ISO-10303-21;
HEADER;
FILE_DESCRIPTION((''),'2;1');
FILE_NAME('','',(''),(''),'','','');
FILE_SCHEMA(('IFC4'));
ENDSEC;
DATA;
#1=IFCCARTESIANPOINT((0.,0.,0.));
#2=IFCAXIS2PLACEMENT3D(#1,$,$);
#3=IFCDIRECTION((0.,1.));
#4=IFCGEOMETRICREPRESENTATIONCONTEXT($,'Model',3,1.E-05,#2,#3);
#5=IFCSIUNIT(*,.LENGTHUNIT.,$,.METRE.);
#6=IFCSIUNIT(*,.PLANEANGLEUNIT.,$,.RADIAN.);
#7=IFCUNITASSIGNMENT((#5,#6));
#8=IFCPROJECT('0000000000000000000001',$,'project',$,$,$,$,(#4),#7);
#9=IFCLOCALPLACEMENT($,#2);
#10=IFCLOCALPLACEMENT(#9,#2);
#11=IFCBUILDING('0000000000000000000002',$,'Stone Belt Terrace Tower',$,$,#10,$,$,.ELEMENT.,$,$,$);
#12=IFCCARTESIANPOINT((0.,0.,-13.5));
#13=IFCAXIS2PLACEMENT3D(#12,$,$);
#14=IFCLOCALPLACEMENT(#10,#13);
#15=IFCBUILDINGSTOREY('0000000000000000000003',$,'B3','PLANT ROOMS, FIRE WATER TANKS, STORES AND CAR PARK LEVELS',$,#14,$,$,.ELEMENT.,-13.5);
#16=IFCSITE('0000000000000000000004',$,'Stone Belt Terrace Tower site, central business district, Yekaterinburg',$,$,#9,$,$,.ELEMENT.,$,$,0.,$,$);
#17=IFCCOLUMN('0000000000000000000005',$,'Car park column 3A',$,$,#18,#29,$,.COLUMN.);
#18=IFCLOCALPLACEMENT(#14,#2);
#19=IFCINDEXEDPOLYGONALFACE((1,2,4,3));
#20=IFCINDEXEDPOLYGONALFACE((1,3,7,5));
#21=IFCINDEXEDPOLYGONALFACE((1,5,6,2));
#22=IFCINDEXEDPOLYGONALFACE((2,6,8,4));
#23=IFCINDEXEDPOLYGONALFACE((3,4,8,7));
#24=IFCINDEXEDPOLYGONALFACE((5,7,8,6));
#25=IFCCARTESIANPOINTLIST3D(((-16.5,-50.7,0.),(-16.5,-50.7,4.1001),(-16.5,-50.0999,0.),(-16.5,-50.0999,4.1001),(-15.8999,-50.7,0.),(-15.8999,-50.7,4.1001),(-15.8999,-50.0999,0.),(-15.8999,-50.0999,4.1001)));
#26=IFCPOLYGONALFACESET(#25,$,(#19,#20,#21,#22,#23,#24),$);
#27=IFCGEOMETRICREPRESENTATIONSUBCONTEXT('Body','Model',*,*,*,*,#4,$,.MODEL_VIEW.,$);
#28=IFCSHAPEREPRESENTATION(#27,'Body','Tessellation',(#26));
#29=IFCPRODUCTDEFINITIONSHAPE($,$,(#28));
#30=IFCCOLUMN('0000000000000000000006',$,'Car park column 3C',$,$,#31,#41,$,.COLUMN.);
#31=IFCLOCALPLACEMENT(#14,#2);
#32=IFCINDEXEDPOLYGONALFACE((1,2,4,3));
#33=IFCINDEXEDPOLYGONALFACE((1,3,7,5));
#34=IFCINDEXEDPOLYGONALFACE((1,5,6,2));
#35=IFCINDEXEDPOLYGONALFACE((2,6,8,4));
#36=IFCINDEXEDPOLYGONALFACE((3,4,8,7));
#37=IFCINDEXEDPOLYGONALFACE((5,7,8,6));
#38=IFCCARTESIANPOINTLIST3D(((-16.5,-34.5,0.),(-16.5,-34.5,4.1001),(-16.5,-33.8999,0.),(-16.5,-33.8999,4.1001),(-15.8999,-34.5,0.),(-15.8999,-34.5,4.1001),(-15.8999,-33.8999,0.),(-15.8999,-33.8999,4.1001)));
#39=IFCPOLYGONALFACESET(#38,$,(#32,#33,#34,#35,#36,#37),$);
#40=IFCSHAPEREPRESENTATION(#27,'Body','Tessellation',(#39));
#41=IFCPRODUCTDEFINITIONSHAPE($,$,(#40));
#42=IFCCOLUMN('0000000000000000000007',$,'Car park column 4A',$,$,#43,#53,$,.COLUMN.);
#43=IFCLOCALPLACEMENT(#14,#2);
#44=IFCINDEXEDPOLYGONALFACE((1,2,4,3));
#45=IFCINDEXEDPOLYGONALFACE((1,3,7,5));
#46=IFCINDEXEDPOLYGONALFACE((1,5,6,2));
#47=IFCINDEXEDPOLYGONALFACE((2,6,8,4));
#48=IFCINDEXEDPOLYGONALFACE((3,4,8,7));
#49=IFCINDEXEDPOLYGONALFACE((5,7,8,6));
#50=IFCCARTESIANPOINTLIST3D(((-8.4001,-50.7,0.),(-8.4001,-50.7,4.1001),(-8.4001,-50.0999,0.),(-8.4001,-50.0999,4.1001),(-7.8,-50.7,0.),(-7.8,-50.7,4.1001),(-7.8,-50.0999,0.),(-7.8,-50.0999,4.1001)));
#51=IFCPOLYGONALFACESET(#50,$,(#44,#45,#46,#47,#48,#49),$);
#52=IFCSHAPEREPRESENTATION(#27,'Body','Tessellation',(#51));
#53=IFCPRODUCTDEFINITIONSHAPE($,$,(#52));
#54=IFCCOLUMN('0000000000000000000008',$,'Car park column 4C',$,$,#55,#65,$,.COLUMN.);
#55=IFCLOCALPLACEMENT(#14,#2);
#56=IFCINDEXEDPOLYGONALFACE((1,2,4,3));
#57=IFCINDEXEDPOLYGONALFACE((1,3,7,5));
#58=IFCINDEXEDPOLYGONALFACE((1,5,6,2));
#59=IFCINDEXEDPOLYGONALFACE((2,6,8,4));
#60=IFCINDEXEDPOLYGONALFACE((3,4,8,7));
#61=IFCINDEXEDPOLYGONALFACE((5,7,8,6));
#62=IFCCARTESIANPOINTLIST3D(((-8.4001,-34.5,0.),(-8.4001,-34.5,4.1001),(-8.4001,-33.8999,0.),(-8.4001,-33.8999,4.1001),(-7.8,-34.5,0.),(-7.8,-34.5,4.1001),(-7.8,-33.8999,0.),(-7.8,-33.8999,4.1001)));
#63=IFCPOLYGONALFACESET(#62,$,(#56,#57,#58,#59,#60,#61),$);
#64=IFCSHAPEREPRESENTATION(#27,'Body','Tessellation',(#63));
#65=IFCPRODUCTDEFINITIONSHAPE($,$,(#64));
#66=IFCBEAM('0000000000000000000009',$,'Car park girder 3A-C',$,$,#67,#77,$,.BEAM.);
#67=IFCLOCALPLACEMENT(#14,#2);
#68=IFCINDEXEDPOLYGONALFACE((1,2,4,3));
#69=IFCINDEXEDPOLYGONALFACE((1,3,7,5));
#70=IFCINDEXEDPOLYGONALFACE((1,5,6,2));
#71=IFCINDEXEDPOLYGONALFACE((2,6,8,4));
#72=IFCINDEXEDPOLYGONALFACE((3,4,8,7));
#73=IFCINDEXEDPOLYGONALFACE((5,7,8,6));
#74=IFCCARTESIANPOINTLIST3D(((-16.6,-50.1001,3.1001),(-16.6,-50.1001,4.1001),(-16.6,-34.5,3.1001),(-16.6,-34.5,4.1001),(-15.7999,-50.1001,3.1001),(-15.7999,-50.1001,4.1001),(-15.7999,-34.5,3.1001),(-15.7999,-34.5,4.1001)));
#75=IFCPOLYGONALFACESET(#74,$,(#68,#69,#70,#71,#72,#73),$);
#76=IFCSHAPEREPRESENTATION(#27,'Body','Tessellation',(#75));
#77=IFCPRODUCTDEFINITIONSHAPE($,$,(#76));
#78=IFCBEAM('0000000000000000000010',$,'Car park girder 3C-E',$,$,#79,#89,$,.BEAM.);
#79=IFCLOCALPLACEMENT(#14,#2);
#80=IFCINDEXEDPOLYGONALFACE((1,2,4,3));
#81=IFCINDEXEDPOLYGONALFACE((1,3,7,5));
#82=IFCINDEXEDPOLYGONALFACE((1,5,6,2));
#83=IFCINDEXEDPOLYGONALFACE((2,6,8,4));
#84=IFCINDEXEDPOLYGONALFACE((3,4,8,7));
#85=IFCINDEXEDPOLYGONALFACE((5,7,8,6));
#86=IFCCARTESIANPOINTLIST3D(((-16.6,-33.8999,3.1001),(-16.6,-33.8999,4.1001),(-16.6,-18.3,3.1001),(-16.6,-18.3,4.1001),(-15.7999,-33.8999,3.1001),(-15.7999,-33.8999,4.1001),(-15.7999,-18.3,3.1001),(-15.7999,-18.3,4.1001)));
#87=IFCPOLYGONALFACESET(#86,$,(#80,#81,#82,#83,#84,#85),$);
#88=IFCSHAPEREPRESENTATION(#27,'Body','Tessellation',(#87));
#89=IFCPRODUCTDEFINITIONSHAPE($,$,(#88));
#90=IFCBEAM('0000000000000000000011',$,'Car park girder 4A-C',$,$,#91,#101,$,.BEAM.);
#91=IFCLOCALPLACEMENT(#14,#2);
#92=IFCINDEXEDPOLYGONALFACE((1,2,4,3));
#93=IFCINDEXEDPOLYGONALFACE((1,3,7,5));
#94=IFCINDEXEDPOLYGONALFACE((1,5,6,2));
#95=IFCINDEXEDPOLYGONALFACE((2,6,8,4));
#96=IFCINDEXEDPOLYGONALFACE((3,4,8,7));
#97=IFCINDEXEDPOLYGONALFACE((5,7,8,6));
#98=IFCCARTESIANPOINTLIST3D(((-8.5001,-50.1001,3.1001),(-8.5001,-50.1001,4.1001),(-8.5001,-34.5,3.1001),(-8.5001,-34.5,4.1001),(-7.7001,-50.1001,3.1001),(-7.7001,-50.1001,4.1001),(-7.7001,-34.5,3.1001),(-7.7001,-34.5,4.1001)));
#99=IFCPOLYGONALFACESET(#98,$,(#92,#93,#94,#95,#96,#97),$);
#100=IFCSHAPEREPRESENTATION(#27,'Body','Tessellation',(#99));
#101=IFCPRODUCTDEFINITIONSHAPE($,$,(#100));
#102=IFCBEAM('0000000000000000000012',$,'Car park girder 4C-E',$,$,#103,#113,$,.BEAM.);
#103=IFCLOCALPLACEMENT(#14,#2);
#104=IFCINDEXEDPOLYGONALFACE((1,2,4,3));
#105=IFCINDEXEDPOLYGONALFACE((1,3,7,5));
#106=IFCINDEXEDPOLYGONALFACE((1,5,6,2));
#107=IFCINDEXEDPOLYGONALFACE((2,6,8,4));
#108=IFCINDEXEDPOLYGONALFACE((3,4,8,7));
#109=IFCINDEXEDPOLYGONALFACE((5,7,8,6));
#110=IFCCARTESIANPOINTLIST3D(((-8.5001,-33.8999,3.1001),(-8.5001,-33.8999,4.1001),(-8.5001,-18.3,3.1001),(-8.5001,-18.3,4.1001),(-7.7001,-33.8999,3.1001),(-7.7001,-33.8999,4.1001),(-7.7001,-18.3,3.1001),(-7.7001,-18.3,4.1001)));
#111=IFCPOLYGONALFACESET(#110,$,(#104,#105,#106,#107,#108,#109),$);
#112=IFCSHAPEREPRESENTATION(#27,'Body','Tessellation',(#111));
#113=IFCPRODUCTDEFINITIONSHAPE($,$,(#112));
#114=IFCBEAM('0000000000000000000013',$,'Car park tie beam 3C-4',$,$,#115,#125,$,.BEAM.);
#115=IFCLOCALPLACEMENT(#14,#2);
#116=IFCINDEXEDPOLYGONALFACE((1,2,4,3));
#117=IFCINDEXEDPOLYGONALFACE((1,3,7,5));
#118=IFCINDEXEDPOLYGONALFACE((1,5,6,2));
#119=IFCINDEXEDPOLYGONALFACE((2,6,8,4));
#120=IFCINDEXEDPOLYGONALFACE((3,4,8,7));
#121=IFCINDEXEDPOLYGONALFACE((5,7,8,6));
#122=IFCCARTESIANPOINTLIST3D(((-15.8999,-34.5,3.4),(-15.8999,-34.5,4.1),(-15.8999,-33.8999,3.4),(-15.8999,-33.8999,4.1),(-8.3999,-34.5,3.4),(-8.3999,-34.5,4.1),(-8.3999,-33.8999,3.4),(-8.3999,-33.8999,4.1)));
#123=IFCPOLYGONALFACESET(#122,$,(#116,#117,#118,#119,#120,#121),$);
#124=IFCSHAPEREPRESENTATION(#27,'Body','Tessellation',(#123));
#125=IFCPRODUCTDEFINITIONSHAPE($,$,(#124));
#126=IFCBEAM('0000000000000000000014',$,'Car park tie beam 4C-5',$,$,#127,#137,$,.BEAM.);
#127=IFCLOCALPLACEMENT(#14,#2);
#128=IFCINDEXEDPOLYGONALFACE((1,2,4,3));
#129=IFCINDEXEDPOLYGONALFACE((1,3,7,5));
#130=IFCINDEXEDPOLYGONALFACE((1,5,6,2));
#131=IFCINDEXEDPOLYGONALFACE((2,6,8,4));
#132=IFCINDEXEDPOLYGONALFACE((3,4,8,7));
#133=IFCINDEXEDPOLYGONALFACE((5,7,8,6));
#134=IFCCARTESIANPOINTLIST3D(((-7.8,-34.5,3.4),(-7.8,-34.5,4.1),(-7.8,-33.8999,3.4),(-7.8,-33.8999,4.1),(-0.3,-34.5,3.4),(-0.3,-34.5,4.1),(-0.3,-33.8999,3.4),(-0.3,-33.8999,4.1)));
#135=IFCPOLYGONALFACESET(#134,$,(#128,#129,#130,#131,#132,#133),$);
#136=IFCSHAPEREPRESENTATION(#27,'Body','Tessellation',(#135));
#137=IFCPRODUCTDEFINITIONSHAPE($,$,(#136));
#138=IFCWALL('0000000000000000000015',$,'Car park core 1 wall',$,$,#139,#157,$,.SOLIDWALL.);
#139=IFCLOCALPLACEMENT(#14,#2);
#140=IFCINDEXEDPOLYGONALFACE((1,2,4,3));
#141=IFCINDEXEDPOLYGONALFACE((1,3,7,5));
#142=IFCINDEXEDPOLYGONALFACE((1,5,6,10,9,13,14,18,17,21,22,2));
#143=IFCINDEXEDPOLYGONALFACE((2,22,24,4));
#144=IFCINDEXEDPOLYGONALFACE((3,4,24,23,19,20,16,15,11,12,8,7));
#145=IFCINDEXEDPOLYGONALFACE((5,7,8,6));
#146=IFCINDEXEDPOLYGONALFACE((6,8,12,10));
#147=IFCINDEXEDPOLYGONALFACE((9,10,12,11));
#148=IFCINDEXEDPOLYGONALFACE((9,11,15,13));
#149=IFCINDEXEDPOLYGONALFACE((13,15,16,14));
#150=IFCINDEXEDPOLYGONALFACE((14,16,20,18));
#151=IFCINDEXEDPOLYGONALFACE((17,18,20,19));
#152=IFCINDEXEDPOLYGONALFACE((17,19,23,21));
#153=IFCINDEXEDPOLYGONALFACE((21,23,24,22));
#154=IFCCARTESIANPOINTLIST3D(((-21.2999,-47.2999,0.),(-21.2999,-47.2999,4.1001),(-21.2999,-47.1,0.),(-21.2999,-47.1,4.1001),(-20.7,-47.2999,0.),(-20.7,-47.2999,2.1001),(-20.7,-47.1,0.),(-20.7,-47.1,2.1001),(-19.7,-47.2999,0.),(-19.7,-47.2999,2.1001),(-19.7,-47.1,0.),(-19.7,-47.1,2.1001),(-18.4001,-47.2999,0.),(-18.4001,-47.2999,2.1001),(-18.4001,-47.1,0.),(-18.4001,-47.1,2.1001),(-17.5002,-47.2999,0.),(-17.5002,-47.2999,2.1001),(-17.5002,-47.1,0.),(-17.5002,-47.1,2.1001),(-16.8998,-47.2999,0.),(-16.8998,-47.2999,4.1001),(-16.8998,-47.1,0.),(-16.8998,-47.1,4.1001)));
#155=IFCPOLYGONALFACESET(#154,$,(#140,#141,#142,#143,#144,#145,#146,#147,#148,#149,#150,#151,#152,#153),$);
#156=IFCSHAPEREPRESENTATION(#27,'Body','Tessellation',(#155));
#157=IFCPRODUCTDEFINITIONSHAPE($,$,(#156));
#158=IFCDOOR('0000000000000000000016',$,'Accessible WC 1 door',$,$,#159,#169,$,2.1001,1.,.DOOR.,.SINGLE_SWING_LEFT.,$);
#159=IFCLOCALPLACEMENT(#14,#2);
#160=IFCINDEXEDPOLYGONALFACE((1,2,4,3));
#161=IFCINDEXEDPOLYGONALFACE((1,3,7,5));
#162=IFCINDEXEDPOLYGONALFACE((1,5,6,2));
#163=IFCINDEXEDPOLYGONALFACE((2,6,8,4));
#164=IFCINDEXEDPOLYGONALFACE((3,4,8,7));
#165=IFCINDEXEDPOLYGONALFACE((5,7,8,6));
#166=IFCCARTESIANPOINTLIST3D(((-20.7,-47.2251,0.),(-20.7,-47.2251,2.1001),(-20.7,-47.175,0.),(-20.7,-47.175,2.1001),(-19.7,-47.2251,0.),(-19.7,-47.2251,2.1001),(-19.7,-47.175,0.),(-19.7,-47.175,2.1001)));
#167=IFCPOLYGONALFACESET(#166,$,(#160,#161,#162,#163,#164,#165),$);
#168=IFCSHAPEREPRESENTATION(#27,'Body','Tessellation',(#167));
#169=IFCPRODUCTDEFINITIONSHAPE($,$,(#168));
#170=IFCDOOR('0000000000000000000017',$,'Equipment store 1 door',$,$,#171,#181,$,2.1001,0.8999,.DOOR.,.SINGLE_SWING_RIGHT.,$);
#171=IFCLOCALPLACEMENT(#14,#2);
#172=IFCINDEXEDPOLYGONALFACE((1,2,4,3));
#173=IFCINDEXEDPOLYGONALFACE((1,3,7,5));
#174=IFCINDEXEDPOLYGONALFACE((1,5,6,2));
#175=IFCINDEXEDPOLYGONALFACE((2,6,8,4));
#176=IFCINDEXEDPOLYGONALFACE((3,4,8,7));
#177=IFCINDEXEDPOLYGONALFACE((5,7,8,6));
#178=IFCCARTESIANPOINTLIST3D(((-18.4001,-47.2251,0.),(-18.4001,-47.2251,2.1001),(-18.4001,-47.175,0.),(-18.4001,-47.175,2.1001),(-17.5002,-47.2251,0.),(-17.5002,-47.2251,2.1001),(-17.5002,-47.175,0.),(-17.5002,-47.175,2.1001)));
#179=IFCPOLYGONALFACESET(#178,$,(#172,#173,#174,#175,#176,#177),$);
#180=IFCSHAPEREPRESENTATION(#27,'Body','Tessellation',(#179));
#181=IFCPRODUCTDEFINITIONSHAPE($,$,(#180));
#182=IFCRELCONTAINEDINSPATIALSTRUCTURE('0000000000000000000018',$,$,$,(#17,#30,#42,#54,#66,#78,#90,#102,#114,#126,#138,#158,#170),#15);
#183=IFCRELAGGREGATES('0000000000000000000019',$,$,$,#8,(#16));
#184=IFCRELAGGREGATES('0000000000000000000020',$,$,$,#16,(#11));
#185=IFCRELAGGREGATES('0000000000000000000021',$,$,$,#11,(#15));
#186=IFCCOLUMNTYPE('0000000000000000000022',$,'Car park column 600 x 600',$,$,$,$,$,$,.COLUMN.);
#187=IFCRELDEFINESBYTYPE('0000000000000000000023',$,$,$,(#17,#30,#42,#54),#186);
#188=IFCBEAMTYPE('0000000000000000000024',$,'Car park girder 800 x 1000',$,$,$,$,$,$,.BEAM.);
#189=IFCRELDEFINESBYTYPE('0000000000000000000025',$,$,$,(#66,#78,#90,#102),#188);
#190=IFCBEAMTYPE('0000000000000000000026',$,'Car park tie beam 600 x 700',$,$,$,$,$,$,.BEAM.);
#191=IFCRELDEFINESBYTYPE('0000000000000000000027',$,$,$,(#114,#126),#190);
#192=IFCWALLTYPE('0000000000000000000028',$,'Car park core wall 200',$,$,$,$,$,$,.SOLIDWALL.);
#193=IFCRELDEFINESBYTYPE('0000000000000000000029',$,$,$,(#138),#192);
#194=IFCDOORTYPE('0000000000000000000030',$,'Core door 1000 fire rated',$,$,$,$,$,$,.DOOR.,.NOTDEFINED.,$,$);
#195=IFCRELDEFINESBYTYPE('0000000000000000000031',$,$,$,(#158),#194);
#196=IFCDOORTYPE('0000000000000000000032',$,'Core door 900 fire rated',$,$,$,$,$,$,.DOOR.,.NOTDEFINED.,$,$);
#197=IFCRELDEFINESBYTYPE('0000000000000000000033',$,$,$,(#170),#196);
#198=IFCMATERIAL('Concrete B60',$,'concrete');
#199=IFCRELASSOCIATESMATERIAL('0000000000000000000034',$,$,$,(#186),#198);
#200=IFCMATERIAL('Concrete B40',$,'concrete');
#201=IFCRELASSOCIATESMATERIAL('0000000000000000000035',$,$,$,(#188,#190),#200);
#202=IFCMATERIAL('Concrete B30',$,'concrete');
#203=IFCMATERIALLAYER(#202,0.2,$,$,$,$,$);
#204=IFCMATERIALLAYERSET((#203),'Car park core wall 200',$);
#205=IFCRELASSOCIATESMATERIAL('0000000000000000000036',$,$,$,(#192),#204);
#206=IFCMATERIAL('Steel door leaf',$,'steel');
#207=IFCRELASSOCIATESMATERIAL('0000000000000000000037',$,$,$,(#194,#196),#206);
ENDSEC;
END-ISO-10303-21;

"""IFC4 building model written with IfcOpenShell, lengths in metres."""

from ifc_helpers import new_model, si_unit, direction, frame, frame_2d, origin, origin_2d, place, context, subcontext, project, spatial, rectangle, extrude, material, layer, layer_set, material_profile, profile_set, type_object, element, fill, save


model = new_model("IFC4")

# Units and contexts
model_context = context("Model", 3, precision=1e-05, world=origin(), true_north=direction((0.0, 1.0)))
body_context = subcontext(model_context, "Body", "Model", "MODEL_VIEW")
ifc_project = project(units=[si_unit("LENGTHUNIT", "METRE"), si_unit("PLANEANGLEUNIT", "RADIAN")], contexts=[model_context])

# Site, building, storey
site_placement = place(None, origin())
site = spatial("IfcSite", under=ifc_project, at=site_placement, Name="Stone Belt Terrace Tower site, central business district, Yekaterinburg", CompositionType="ELEMENT", RefElevation=0.0)
building_placement = place(site_placement, origin())
building = spatial("IfcBuilding", under=site, at=building_placement, Name="Stone Belt Terrace Tower", CompositionType="ELEMENT")
storey_placement = place(building_placement, frame((0.0, 0.0, -13.5)))
storey = spatial("IfcBuildingStorey", under=building, at=storey_placement, Name="B3", Description="PLANT ROOMS, FIRE WATER TANKS, STORES AND CAR PARK LEVELS", CompositionType="ELEMENT", Elevation=-13.5)

# Columns
ifc_material_1 = material(Name="Concrete B60", Category="concrete")
ifc_material_profile_1 = material_profile(ifc_material_1, rectangle(XDim=0.6001, YDim=0.6001, at=origin_2d()), Name="Car park column 600 x 600")
ifc_profile_set_1 = profile_set([ifc_material_profile_1], Name="Concrete B60")
column_type = type_object("IfcColumnType", Name="Car park column 600 x 600", PredefinedType="COLUMN", material=ifc_profile_set_1)
for number, where, z_axis, x_axis, name in (
    (1, (-16.2, -50.3999, 0.0), (0.0, 0.0, 1.0), (1.0, 0.0, 0.0), "Car park column 3A"),
    (2, (-16.2, -34.2, 0.0), (0.0, 0.0, 1.0), (1.0, 0.0, 0.0), "Car park column 3C"),
    (3, (-8.1001, -50.3999, 0.0), (0.0, 0.0, 1.0), (1.0, 0.0, 0.0), "Car park column 4A"),
    (4, (-8.1001, -34.2, 0.0), (0.0, 0.0, 1.0), (1.0, 0.0, 0.0), "Car park column 4C"),
):
    element("IfcColumn", number, at=place(storey_placement, frame(where, z_axis=z_axis, x_axis=x_axis)), inside=storey, type_object=column_type, Name=name, PredefinedType="COLUMN", context=body_context, shape_type="SweptSolid", body=[
        extrude(rectangle(XDim=0.6001, YDim=0.6001, at=origin_2d()), origin(), (0.0, 0.0, 1.0), 4.1001),
    ])

# Beams
ifc_material_2 = material(Name="Concrete B40", Category="concrete")
ifc_material_profile_2 = material_profile(ifc_material_2, rectangle(XDim=0.8, YDim=1.0, at=origin_2d()), Name="Car park girder 800 x 1000")
ifc_profile_set_2 = profile_set([ifc_material_profile_2], Name="Concrete B40")
beam_type_1 = type_object("IfcBeamType", Name="Car park girder 800 x 1000", PredefinedType="BEAM", material=ifc_profile_set_2)
beam_1_placement = place(storey_placement, frame((-16.2, -50.1001, 3.6001), z_axis=(0.0, 1.0, 0.0), x_axis=(-1.0, 0.0, 0.0)))
element("IfcBeam", 5, at=beam_1_placement, inside=storey, type_object=beam_type_1, Name="Car park girder 3A-C", PredefinedType="BEAM", context=body_context, shape_type="SweptSolid", body=[
    extrude(rectangle(XDim=0.8, YDim=1.0, at=origin_2d()), origin(), (0.0, 0.0, 1.0), 15.6001),
])
beam_2_placement = place(storey_placement, frame((-16.2, -33.8999, 3.6001), z_axis=(0.0, 1.0, 0.0), x_axis=(-1.0, 0.0, 0.0)))
element("IfcBeam", 6, at=beam_2_placement, inside=storey, type_object=beam_type_1, Name="Car park girder 3C-E", PredefinedType="BEAM", context=body_context, shape_type="SweptSolid", body=[
    extrude(rectangle(XDim=0.8, YDim=1.0, at=origin_2d()), origin(), (0.0, 0.0, 1.0), 15.5999),
])
beam_3_placement = place(storey_placement, frame((-8.1001, -50.1001, 3.6001), z_axis=(0.0, 1.0, 0.0), x_axis=(-1.0, 0.0, 0.0)))
element("IfcBeam", 7, at=beam_3_placement, inside=storey, type_object=beam_type_1, Name="Car park girder 4A-C", PredefinedType="BEAM", context=body_context, shape_type="SweptSolid", body=[
    extrude(rectangle(XDim=0.8, YDim=1.0, at=origin_2d()), origin(), (0.0, 0.0, 1.0), 15.6001),
])
beam_4_placement = place(storey_placement, frame((-8.1001, -33.8999, 3.6001), z_axis=(0.0, 1.0, 0.0), x_axis=(-1.0, 0.0, 0.0)))
element("IfcBeam", 8, at=beam_4_placement, inside=storey, type_object=beam_type_1, Name="Car park girder 4C-E", PredefinedType="BEAM", context=body_context, shape_type="SweptSolid", body=[
    extrude(rectangle(XDim=0.8, YDim=1.0, at=origin_2d()), origin(), (0.0, 0.0, 1.0), 15.5999),
])
ifc_material_profile_3 = material_profile(ifc_material_2, rectangle(XDim=0.6001, YDim=0.7, at=origin_2d()), Name="Car park tie beam 600 x 700")
ifc_profile_set_3 = profile_set([ifc_material_profile_3], Name="Concrete B40")
beam_type_2 = type_object("IfcBeamType", Name="Car park tie beam 600 x 700", PredefinedType="BEAM", material=ifc_profile_set_3)
for number, where, z_axis, x_axis, name in (
    (9, (-15.8999, -34.2, 3.75), (1.0, 0.0, 0.0), (0.0, 1.0, 0.0), "Car park tie beam 3C-4"),
    (10, (-7.8, -34.2, 3.75), (1.0, 0.0, 0.0), (0.0, 1.0, 0.0), "Car park tie beam 4C-5"),
):
    element("IfcBeam", number, at=place(storey_placement, frame(where, z_axis=z_axis, x_axis=x_axis)), inside=storey, type_object=beam_type_2, Name=name, PredefinedType="BEAM", context=body_context, shape_type="SweptSolid", body=[
        extrude(rectangle(XDim=0.6001, YDim=0.7, at=origin_2d()), origin(), (0.0, 0.0, 1.0), 7.5),
    ])

# Wall, openings, doors
ifc_material_3 = material(Name="Concrete B30", Category="concrete")
ifc_layer_1 = layer(ifc_material_3, 0.2)
ifc_layer_set_1 = layer_set([ifc_layer_1], Name="Car park core wall 200")
wall_type_1 = type_object("IfcWallType", Name="Car park core wall 200", PredefinedType="SOLIDWALL", material=ifc_layer_set_1)
wall_1_placement = place(storey_placement, frame((-21.3, -47.2, 0.0), z_axis=(0.0, 0.0, 1.0), x_axis=(1.0, 0.0, 0.0)))
wall_1 = element("IfcWall", 11, at=wall_1_placement, inside=storey, type_object=wall_type_1, Name="Car park core 1 wall", PredefinedType="SOLIDWALL", context=body_context, shape_type="SweptSolid", body=[
    extrude(rectangle(XDim=4.4001, YDim=0.2, at=frame_2d((2.2002, 0.0))), origin(), (0.0, 0.0, 1.0), 4.1001),
])
opening_1_placement = place(wall_1_placement, frame((0.6001, 0.0, 0.0)))
opening_1 = element("IfcOpeningElement", 12, at=opening_1_placement, cuts=wall_1, PredefinedType="OPENING", context=body_context, shape_type="SweptSolid", body=[
    extrude(rectangle(XDim=1.0, YDim=2.1001, at=frame_2d((0.5, 1.05))), frame((0.0, 0.1099, 0.0), z_axis=(0.0, -1.0, 0.0), x_axis=(1.0, 0.0, 0.0)), (0.0, 0.0, 1.0), 0.22),
])
opening_2_placement = place(wall_1_placement, frame((2.8999, 0.0, 0.0)))
opening_2 = element("IfcOpeningElement", 13, at=opening_2_placement, cuts=wall_1, PredefinedType="OPENING", context=body_context, shape_type="SweptSolid", body=[
    extrude(rectangle(XDim=0.8999, YDim=2.1001, at=frame_2d((0.45, 1.05))), frame((0.0, 0.1099, 0.0), z_axis=(0.0, -1.0, 0.0), x_axis=(1.0, 0.0, 0.0)), (0.0, 0.0, 1.0), 0.22),
])
ifc_material_4 = material(Name="Steel door leaf", Category="steel")
door_type_1 = type_object("IfcDoorType", Name="Core door 1000 fire rated", OperationType="NOTDEFINED", PredefinedType="DOOR", material=ifc_material_4)
door_1_placement = place(opening_1_placement, origin())
door_1 = element("IfcDoor", 14, at=door_1_placement, inside=storey, type_object=door_type_1, Name="Accessible WC 1 door", OperationType="SINGLE_SWING_LEFT", OverallHeight=2.1001, OverallWidth=1.0, PredefinedType="DOOR", context=body_context, shape_type="SweptSolid", body=[
    extrude(rectangle(XDim=1.0, YDim=2.1001, at=frame_2d((0.5, 1.05))), frame((0.0, 0.0249, 0.0), z_axis=(0.0, -1.0, 0.0), x_axis=(1.0, 0.0, 0.0)), (0.0, 0.0, 1.0), 0.05),
])
fill(opening_1, door_1)
door_type_2 = type_object("IfcDoorType", Name="Core door 900 fire rated", OperationType="NOTDEFINED", PredefinedType="DOOR", material=ifc_material_4)
door_2_placement = place(opening_2_placement, origin())
door_2 = element("IfcDoor", 15, at=door_2_placement, inside=storey, type_object=door_type_2, Name="Equipment store 1 door", OperationType="SINGLE_SWING_RIGHT", OverallHeight=2.1001, OverallWidth=0.8999, PredefinedType="DOOR", context=body_context, shape_type="SweptSolid", body=[
    extrude(rectangle(XDim=0.8999, YDim=2.1001, at=frame_2d((0.45, 1.05))), frame((0.0, 0.0249, 0.0), z_axis=(0.0, -1.0, 0.0), x_axis=(1.0, 0.0, 0.0)), (0.0, 0.0, 1.0), 0.05),
])
fill(opening_2, door_2)

save(model, "model.ifc")
